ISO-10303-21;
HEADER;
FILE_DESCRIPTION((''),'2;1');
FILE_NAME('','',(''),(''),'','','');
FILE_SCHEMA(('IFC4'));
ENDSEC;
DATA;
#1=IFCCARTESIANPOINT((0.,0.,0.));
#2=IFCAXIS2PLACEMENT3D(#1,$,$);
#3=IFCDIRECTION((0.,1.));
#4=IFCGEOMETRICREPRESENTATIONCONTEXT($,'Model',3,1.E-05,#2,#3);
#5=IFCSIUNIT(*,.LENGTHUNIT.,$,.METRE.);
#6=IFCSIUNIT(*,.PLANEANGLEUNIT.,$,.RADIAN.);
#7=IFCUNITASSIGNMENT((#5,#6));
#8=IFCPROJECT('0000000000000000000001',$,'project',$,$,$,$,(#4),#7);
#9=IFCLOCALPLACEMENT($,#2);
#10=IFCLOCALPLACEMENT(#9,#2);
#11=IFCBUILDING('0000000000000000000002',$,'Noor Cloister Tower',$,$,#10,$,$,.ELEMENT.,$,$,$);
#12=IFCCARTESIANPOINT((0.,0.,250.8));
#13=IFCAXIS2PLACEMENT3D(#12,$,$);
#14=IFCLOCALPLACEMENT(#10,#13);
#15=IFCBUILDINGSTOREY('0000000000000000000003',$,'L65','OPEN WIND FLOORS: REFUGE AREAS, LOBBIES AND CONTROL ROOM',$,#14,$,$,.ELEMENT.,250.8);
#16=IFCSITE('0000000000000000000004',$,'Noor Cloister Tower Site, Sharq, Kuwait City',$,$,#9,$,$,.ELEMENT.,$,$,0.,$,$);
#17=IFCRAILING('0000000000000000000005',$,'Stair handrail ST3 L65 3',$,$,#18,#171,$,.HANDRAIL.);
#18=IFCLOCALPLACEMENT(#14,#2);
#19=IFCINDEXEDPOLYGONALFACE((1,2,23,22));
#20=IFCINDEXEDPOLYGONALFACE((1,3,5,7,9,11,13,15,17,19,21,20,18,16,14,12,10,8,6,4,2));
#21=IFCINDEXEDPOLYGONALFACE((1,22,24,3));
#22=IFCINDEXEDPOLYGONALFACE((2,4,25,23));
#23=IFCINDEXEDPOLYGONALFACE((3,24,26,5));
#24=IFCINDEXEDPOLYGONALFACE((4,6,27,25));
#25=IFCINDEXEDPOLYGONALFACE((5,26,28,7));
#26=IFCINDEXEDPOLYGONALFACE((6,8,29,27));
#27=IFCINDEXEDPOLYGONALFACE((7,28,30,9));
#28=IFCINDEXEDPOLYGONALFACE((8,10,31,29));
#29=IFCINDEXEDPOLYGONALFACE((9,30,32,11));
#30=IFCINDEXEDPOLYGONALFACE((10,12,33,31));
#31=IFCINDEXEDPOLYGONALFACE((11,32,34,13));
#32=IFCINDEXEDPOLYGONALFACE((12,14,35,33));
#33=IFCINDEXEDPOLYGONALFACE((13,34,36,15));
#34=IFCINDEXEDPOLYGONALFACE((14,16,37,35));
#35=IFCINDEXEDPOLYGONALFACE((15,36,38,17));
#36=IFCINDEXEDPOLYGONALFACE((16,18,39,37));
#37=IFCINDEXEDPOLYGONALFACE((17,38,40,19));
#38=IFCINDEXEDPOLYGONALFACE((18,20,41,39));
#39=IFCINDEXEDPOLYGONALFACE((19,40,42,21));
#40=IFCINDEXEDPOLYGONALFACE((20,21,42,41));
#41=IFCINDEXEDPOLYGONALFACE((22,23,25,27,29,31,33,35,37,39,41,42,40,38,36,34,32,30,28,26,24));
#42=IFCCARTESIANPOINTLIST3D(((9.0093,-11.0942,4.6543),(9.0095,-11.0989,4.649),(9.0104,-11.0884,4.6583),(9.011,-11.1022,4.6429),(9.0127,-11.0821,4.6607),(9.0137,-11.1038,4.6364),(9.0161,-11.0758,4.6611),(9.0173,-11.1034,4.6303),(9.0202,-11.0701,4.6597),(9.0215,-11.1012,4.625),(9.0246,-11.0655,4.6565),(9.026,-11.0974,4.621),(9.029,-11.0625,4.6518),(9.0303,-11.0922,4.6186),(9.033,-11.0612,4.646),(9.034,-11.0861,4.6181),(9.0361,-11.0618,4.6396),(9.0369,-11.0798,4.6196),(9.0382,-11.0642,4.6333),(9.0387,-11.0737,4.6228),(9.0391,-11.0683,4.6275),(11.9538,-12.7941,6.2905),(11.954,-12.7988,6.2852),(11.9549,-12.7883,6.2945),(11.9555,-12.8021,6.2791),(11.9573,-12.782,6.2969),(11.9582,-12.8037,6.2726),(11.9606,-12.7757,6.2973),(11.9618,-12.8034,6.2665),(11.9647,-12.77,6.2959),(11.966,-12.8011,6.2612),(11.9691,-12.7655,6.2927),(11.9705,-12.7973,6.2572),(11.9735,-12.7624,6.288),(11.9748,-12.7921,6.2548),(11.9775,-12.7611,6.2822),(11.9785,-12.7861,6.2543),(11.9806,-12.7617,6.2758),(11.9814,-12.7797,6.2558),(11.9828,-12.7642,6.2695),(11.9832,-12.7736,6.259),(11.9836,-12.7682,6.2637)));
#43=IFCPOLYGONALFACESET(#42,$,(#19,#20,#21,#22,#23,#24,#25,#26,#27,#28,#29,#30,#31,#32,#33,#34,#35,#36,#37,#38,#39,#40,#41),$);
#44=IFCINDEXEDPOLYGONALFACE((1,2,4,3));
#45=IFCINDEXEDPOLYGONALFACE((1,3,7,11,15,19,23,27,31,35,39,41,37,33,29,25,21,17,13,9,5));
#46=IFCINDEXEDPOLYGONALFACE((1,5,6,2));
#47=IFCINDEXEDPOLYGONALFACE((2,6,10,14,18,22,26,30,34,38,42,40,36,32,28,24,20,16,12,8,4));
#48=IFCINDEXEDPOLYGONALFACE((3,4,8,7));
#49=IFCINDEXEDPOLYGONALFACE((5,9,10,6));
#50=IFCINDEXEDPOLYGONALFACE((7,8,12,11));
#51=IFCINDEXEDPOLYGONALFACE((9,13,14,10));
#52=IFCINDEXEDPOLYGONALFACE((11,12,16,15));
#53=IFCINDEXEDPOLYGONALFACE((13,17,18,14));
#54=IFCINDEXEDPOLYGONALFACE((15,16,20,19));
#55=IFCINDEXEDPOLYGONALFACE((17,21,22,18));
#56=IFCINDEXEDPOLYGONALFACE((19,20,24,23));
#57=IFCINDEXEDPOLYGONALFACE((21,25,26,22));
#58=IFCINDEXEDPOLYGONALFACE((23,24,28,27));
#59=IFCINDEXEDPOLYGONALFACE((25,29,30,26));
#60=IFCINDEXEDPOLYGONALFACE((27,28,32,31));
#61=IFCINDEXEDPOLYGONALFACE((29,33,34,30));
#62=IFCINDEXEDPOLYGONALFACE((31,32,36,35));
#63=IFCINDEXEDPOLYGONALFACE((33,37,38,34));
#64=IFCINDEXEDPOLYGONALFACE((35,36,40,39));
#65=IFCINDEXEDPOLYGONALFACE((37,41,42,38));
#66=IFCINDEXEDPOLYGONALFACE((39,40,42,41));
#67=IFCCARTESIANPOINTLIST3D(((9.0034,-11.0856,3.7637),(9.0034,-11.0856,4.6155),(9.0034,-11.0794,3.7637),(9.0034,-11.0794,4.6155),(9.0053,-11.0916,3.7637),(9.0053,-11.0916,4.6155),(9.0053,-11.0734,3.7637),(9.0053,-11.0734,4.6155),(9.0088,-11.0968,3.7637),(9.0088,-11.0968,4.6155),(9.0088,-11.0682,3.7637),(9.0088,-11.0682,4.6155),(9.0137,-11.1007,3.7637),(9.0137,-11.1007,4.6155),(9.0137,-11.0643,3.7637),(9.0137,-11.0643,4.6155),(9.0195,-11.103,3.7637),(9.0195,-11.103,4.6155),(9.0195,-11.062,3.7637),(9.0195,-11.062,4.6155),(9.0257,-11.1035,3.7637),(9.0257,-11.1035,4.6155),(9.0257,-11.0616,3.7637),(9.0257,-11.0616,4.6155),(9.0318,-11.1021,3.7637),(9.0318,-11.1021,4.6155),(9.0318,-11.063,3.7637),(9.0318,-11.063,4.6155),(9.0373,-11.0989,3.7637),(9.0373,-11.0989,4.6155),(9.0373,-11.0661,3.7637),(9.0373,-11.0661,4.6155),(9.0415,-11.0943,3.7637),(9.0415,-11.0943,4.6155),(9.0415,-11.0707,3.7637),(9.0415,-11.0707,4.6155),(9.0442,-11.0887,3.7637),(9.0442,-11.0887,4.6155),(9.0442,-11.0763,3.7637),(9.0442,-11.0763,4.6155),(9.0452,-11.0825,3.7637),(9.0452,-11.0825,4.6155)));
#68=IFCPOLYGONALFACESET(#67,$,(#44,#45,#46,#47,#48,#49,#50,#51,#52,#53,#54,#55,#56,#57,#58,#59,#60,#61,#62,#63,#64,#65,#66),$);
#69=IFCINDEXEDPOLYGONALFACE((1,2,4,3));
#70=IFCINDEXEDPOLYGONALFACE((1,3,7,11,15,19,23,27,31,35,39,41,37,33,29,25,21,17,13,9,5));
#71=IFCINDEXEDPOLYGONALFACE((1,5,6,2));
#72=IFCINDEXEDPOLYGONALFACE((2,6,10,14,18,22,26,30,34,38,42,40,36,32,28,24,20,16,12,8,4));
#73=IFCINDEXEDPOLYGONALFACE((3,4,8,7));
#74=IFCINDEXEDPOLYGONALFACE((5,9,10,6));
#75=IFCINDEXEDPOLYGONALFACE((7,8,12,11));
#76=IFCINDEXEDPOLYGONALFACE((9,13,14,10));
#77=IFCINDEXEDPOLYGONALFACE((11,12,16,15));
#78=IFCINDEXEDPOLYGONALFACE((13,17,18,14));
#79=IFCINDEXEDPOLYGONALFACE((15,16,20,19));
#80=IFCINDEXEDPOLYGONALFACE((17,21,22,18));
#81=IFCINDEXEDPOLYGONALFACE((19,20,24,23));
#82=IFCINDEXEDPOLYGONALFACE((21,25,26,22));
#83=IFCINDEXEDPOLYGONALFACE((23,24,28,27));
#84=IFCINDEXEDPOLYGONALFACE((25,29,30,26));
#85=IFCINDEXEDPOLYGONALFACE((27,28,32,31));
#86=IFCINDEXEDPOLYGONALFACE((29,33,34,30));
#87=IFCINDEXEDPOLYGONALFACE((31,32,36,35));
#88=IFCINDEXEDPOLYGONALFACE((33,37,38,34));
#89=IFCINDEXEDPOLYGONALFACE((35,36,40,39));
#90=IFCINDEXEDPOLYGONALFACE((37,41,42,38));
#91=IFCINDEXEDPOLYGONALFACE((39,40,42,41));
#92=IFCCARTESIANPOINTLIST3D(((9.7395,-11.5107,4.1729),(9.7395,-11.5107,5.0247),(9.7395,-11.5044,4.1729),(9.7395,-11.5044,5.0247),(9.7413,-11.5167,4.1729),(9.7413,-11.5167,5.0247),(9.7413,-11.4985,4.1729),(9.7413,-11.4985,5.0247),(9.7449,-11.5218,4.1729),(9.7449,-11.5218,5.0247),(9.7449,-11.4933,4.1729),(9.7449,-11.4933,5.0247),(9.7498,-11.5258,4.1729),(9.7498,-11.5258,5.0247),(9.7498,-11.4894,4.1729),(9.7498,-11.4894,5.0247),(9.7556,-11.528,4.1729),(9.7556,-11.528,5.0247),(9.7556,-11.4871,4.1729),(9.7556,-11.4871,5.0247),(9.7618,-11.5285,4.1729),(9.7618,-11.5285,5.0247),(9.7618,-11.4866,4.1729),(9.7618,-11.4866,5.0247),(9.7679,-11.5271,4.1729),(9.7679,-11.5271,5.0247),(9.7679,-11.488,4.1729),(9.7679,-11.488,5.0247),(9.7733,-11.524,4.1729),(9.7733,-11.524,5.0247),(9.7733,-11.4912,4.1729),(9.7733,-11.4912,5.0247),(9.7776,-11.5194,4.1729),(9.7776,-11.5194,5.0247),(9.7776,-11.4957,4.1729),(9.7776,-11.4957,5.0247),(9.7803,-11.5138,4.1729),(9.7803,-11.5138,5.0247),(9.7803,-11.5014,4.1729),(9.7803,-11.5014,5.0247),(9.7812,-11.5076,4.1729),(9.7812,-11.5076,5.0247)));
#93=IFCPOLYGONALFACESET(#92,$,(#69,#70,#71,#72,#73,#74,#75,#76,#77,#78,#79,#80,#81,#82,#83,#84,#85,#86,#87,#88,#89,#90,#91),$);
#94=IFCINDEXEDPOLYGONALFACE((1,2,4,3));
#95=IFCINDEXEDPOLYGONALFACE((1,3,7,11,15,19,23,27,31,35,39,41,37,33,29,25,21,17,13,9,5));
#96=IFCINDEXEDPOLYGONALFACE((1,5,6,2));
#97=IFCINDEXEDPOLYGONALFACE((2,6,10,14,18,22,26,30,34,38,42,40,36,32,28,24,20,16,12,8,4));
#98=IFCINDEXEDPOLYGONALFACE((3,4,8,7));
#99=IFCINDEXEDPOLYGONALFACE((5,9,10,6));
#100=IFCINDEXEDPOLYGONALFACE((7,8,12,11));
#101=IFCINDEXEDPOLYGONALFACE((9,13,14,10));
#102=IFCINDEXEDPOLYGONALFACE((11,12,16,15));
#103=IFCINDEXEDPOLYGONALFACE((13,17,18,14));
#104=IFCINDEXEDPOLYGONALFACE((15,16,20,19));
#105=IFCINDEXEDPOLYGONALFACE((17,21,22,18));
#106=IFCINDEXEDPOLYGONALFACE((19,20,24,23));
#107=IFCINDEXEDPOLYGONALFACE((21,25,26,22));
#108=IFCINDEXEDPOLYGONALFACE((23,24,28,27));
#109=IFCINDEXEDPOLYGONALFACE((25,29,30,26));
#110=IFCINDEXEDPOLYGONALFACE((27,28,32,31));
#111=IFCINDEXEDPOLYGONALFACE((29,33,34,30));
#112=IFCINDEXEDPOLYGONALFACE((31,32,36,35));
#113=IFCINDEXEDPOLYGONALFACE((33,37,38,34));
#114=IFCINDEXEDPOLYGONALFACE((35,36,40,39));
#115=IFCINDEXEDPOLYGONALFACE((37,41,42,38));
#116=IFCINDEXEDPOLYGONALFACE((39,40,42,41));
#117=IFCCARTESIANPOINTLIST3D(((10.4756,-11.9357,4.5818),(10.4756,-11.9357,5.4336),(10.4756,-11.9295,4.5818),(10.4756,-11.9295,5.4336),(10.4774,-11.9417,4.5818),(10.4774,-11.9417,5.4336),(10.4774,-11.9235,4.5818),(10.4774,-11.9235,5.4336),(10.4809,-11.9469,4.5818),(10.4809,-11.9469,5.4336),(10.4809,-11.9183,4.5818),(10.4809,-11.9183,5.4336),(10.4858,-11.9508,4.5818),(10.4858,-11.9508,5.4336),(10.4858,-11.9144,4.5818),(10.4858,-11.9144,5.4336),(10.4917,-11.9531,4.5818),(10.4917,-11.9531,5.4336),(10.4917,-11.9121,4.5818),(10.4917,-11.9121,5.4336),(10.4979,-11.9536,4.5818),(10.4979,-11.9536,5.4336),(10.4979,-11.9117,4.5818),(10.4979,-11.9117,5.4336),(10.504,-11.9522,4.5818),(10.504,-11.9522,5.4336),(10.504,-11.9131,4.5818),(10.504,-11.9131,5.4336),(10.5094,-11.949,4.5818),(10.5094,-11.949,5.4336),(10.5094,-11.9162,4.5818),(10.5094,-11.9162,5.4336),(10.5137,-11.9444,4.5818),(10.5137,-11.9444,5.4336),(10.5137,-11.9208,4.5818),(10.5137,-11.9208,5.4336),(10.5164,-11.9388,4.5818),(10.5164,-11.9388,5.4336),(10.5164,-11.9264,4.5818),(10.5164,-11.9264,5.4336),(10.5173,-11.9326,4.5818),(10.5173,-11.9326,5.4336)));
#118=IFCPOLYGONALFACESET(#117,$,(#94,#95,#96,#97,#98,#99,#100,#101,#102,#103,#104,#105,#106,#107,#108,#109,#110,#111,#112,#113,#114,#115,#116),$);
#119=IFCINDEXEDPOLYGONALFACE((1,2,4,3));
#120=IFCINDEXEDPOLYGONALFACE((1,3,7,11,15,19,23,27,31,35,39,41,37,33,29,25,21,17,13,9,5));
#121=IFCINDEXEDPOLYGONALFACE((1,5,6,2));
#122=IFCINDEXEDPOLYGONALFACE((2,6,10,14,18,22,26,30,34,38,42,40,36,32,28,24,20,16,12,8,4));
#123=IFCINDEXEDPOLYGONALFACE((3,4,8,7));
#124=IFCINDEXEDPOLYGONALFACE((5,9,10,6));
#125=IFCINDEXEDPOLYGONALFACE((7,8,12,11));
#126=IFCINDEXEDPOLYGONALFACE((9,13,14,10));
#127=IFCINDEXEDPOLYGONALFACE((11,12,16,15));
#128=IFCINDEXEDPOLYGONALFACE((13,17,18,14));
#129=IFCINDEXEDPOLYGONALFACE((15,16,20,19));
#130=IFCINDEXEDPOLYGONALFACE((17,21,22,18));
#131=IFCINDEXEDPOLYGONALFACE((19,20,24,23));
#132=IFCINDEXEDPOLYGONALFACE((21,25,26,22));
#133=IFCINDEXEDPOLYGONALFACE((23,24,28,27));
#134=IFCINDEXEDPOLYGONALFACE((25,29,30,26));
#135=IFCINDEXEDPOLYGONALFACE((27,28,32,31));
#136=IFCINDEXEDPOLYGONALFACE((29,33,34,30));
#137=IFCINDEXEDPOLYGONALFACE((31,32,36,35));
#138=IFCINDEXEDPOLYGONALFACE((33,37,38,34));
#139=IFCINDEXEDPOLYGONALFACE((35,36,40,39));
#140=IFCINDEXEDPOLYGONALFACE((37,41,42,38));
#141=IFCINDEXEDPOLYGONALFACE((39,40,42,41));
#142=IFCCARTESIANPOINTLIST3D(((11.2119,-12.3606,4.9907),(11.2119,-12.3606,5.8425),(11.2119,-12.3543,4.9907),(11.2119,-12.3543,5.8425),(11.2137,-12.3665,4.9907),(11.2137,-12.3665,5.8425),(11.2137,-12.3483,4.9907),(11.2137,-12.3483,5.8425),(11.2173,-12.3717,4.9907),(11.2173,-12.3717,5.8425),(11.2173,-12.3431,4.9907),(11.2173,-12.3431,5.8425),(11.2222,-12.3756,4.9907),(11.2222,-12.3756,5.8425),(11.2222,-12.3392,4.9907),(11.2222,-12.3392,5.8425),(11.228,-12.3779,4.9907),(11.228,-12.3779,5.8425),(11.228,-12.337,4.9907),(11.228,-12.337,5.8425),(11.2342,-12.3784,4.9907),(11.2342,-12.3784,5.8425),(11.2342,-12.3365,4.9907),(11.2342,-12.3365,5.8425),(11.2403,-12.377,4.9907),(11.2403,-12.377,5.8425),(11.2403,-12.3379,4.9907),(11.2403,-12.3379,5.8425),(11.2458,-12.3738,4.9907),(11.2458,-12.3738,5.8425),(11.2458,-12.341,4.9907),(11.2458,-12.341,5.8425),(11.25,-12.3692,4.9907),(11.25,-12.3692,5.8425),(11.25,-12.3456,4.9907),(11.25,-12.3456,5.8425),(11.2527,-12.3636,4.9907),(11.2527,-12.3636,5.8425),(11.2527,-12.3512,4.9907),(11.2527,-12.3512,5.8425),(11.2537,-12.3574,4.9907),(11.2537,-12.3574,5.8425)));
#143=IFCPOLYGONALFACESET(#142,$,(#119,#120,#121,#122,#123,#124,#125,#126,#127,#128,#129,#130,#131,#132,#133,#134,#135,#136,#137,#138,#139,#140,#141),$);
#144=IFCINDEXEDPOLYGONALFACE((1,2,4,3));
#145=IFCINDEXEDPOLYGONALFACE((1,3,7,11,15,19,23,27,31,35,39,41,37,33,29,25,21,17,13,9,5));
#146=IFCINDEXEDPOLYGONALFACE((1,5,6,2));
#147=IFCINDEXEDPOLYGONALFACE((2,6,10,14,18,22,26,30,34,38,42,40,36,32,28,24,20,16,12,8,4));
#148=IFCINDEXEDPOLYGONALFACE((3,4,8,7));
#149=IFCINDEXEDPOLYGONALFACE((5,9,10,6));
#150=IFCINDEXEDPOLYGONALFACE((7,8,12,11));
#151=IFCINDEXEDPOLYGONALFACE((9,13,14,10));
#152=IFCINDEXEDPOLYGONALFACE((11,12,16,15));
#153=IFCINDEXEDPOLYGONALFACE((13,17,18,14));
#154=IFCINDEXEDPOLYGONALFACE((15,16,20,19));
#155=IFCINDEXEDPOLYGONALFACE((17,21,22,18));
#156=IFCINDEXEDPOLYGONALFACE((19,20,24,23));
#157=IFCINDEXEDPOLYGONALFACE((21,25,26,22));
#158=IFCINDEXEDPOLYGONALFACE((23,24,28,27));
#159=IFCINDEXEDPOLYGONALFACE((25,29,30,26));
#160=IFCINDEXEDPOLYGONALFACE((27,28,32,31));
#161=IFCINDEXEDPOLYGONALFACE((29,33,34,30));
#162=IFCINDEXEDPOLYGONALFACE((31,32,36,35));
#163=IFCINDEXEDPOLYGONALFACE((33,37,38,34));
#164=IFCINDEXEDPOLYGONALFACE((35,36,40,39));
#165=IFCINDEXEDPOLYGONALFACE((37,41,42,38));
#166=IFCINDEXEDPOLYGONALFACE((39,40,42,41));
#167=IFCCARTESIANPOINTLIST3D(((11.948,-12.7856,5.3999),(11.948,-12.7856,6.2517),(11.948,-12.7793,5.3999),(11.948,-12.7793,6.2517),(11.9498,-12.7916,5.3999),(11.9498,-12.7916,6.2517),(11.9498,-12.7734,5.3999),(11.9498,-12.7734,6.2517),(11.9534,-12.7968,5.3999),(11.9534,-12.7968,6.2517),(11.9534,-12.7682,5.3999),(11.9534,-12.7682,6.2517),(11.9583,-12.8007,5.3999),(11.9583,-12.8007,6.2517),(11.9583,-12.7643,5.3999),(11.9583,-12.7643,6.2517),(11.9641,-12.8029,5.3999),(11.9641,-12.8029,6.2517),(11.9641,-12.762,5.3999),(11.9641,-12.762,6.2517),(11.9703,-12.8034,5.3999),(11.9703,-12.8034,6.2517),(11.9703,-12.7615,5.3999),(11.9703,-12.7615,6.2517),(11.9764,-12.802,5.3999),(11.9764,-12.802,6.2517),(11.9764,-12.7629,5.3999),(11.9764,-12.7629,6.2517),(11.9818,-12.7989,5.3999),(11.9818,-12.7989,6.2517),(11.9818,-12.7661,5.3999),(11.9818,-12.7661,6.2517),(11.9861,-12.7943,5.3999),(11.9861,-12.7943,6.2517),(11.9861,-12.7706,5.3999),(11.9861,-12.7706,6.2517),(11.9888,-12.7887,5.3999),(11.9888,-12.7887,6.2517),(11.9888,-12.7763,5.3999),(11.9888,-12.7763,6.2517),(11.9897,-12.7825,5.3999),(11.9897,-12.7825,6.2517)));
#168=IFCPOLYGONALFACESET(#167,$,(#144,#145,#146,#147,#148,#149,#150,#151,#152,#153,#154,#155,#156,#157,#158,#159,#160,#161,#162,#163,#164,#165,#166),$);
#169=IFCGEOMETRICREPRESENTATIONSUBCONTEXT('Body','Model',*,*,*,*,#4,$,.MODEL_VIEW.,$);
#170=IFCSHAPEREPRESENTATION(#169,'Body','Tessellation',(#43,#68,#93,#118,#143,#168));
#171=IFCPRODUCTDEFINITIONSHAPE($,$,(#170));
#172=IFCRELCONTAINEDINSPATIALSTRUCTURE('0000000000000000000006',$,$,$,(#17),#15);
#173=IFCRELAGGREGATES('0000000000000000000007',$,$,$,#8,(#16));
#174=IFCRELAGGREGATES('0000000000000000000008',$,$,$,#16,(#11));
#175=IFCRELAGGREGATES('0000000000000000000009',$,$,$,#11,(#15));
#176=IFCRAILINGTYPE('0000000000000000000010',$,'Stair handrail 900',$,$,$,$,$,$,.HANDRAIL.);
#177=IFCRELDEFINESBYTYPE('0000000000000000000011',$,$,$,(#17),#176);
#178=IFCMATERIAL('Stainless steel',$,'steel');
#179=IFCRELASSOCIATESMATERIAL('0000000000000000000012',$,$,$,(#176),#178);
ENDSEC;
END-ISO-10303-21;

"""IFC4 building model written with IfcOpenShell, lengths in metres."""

from ifc_helpers import new_model, si_unit, direction, frame, origin, origin_2d, place, context, subcontext, project, spatial, circle, extrude, material, type_object, element, save


model = new_model("IFC4")

# Units and contexts
model_context = context("Model", 3, precision=1e-05, world=origin(), true_north=direction((0.0, 1.0)))
body_context = subcontext(model_context, "Body", "Model", "MODEL_VIEW")
ifc_project = project(units=[si_unit("LENGTHUNIT", "METRE"), si_unit("PLANEANGLEUNIT", "RADIAN")], contexts=[model_context])

# Site, building, storey
site_placement = place(None, origin())
site = spatial("IfcSite", under=ifc_project, at=site_placement, Name="Noor Cloister Tower Site, Sharq, Kuwait City", CompositionType="ELEMENT", RefElevation=0.0)
building_placement = place(site_placement, origin())
building = spatial("IfcBuilding", under=site, at=building_placement, Name="Noor Cloister Tower", CompositionType="ELEMENT")
storey_placement = place(building_placement, frame((0.0, 0.0, 250.8)))
storey = spatial("IfcBuildingStorey", under=building, at=storey_placement, Name="L65", Description="OPEN WIND FLOORS: REFUGE AREAS, LOBBIES AND CONTROL ROOM", CompositionType="ELEMENT", Elevation=250.8)

# Railing
ifc_material_1 = material(Name="Stainless steel", Category="steel")
railing_type_1 = type_object("IfcRailingType", Name="Stair handrail 900", PredefinedType="HANDRAIL", material=ifc_material_1)
railing_1_placement = place(storey_placement, frame((9.0242, -11.0825, 3.7637)))
element("IfcRailing", 1, at=railing_1_placement, inside=storey, type_object=railing_type_1, Name="Stair handrail ST3 L65 3", PredefinedType="HANDRAIL", context=body_context, shape_type="SweptSolid", body=[
    extrude(circle(Radius=0.0239, at=origin_2d()), frame((0.0, 0.0, 0.876), z_axis=(0.780377, -0.450524, 0.433636), x_axis=(0.499977, 0.866039, 0.0)), (0.0, 0.0, 1.0), 3.7732),
    extrude(circle(Radius=0.021, at=origin_2d()), origin(), (0.0, 0.0, 1.0), 0.8518),
    extrude(circle(Radius=0.021, at=origin_2d()), frame((0.7361, -0.425, 0.4092)), (0.0, 0.0, 1.0), 0.8518),
    extrude(circle(Radius=0.021, at=origin_2d()), frame((1.4722, -0.8501, 0.8181)), (0.0, 0.0, 1.0), 0.8518),
    extrude(circle(Radius=0.021, at=origin_2d()), frame((2.2085, -1.2749, 1.2271)), (0.0, 0.0, 1.0), 0.8518),
    extrude(circle(Radius=0.021, at=origin_2d()), frame((2.9446, -1.7, 1.6362)), (0.0, 0.0, 1.0), 0.8518),
])

save(model, "model.ifc")
